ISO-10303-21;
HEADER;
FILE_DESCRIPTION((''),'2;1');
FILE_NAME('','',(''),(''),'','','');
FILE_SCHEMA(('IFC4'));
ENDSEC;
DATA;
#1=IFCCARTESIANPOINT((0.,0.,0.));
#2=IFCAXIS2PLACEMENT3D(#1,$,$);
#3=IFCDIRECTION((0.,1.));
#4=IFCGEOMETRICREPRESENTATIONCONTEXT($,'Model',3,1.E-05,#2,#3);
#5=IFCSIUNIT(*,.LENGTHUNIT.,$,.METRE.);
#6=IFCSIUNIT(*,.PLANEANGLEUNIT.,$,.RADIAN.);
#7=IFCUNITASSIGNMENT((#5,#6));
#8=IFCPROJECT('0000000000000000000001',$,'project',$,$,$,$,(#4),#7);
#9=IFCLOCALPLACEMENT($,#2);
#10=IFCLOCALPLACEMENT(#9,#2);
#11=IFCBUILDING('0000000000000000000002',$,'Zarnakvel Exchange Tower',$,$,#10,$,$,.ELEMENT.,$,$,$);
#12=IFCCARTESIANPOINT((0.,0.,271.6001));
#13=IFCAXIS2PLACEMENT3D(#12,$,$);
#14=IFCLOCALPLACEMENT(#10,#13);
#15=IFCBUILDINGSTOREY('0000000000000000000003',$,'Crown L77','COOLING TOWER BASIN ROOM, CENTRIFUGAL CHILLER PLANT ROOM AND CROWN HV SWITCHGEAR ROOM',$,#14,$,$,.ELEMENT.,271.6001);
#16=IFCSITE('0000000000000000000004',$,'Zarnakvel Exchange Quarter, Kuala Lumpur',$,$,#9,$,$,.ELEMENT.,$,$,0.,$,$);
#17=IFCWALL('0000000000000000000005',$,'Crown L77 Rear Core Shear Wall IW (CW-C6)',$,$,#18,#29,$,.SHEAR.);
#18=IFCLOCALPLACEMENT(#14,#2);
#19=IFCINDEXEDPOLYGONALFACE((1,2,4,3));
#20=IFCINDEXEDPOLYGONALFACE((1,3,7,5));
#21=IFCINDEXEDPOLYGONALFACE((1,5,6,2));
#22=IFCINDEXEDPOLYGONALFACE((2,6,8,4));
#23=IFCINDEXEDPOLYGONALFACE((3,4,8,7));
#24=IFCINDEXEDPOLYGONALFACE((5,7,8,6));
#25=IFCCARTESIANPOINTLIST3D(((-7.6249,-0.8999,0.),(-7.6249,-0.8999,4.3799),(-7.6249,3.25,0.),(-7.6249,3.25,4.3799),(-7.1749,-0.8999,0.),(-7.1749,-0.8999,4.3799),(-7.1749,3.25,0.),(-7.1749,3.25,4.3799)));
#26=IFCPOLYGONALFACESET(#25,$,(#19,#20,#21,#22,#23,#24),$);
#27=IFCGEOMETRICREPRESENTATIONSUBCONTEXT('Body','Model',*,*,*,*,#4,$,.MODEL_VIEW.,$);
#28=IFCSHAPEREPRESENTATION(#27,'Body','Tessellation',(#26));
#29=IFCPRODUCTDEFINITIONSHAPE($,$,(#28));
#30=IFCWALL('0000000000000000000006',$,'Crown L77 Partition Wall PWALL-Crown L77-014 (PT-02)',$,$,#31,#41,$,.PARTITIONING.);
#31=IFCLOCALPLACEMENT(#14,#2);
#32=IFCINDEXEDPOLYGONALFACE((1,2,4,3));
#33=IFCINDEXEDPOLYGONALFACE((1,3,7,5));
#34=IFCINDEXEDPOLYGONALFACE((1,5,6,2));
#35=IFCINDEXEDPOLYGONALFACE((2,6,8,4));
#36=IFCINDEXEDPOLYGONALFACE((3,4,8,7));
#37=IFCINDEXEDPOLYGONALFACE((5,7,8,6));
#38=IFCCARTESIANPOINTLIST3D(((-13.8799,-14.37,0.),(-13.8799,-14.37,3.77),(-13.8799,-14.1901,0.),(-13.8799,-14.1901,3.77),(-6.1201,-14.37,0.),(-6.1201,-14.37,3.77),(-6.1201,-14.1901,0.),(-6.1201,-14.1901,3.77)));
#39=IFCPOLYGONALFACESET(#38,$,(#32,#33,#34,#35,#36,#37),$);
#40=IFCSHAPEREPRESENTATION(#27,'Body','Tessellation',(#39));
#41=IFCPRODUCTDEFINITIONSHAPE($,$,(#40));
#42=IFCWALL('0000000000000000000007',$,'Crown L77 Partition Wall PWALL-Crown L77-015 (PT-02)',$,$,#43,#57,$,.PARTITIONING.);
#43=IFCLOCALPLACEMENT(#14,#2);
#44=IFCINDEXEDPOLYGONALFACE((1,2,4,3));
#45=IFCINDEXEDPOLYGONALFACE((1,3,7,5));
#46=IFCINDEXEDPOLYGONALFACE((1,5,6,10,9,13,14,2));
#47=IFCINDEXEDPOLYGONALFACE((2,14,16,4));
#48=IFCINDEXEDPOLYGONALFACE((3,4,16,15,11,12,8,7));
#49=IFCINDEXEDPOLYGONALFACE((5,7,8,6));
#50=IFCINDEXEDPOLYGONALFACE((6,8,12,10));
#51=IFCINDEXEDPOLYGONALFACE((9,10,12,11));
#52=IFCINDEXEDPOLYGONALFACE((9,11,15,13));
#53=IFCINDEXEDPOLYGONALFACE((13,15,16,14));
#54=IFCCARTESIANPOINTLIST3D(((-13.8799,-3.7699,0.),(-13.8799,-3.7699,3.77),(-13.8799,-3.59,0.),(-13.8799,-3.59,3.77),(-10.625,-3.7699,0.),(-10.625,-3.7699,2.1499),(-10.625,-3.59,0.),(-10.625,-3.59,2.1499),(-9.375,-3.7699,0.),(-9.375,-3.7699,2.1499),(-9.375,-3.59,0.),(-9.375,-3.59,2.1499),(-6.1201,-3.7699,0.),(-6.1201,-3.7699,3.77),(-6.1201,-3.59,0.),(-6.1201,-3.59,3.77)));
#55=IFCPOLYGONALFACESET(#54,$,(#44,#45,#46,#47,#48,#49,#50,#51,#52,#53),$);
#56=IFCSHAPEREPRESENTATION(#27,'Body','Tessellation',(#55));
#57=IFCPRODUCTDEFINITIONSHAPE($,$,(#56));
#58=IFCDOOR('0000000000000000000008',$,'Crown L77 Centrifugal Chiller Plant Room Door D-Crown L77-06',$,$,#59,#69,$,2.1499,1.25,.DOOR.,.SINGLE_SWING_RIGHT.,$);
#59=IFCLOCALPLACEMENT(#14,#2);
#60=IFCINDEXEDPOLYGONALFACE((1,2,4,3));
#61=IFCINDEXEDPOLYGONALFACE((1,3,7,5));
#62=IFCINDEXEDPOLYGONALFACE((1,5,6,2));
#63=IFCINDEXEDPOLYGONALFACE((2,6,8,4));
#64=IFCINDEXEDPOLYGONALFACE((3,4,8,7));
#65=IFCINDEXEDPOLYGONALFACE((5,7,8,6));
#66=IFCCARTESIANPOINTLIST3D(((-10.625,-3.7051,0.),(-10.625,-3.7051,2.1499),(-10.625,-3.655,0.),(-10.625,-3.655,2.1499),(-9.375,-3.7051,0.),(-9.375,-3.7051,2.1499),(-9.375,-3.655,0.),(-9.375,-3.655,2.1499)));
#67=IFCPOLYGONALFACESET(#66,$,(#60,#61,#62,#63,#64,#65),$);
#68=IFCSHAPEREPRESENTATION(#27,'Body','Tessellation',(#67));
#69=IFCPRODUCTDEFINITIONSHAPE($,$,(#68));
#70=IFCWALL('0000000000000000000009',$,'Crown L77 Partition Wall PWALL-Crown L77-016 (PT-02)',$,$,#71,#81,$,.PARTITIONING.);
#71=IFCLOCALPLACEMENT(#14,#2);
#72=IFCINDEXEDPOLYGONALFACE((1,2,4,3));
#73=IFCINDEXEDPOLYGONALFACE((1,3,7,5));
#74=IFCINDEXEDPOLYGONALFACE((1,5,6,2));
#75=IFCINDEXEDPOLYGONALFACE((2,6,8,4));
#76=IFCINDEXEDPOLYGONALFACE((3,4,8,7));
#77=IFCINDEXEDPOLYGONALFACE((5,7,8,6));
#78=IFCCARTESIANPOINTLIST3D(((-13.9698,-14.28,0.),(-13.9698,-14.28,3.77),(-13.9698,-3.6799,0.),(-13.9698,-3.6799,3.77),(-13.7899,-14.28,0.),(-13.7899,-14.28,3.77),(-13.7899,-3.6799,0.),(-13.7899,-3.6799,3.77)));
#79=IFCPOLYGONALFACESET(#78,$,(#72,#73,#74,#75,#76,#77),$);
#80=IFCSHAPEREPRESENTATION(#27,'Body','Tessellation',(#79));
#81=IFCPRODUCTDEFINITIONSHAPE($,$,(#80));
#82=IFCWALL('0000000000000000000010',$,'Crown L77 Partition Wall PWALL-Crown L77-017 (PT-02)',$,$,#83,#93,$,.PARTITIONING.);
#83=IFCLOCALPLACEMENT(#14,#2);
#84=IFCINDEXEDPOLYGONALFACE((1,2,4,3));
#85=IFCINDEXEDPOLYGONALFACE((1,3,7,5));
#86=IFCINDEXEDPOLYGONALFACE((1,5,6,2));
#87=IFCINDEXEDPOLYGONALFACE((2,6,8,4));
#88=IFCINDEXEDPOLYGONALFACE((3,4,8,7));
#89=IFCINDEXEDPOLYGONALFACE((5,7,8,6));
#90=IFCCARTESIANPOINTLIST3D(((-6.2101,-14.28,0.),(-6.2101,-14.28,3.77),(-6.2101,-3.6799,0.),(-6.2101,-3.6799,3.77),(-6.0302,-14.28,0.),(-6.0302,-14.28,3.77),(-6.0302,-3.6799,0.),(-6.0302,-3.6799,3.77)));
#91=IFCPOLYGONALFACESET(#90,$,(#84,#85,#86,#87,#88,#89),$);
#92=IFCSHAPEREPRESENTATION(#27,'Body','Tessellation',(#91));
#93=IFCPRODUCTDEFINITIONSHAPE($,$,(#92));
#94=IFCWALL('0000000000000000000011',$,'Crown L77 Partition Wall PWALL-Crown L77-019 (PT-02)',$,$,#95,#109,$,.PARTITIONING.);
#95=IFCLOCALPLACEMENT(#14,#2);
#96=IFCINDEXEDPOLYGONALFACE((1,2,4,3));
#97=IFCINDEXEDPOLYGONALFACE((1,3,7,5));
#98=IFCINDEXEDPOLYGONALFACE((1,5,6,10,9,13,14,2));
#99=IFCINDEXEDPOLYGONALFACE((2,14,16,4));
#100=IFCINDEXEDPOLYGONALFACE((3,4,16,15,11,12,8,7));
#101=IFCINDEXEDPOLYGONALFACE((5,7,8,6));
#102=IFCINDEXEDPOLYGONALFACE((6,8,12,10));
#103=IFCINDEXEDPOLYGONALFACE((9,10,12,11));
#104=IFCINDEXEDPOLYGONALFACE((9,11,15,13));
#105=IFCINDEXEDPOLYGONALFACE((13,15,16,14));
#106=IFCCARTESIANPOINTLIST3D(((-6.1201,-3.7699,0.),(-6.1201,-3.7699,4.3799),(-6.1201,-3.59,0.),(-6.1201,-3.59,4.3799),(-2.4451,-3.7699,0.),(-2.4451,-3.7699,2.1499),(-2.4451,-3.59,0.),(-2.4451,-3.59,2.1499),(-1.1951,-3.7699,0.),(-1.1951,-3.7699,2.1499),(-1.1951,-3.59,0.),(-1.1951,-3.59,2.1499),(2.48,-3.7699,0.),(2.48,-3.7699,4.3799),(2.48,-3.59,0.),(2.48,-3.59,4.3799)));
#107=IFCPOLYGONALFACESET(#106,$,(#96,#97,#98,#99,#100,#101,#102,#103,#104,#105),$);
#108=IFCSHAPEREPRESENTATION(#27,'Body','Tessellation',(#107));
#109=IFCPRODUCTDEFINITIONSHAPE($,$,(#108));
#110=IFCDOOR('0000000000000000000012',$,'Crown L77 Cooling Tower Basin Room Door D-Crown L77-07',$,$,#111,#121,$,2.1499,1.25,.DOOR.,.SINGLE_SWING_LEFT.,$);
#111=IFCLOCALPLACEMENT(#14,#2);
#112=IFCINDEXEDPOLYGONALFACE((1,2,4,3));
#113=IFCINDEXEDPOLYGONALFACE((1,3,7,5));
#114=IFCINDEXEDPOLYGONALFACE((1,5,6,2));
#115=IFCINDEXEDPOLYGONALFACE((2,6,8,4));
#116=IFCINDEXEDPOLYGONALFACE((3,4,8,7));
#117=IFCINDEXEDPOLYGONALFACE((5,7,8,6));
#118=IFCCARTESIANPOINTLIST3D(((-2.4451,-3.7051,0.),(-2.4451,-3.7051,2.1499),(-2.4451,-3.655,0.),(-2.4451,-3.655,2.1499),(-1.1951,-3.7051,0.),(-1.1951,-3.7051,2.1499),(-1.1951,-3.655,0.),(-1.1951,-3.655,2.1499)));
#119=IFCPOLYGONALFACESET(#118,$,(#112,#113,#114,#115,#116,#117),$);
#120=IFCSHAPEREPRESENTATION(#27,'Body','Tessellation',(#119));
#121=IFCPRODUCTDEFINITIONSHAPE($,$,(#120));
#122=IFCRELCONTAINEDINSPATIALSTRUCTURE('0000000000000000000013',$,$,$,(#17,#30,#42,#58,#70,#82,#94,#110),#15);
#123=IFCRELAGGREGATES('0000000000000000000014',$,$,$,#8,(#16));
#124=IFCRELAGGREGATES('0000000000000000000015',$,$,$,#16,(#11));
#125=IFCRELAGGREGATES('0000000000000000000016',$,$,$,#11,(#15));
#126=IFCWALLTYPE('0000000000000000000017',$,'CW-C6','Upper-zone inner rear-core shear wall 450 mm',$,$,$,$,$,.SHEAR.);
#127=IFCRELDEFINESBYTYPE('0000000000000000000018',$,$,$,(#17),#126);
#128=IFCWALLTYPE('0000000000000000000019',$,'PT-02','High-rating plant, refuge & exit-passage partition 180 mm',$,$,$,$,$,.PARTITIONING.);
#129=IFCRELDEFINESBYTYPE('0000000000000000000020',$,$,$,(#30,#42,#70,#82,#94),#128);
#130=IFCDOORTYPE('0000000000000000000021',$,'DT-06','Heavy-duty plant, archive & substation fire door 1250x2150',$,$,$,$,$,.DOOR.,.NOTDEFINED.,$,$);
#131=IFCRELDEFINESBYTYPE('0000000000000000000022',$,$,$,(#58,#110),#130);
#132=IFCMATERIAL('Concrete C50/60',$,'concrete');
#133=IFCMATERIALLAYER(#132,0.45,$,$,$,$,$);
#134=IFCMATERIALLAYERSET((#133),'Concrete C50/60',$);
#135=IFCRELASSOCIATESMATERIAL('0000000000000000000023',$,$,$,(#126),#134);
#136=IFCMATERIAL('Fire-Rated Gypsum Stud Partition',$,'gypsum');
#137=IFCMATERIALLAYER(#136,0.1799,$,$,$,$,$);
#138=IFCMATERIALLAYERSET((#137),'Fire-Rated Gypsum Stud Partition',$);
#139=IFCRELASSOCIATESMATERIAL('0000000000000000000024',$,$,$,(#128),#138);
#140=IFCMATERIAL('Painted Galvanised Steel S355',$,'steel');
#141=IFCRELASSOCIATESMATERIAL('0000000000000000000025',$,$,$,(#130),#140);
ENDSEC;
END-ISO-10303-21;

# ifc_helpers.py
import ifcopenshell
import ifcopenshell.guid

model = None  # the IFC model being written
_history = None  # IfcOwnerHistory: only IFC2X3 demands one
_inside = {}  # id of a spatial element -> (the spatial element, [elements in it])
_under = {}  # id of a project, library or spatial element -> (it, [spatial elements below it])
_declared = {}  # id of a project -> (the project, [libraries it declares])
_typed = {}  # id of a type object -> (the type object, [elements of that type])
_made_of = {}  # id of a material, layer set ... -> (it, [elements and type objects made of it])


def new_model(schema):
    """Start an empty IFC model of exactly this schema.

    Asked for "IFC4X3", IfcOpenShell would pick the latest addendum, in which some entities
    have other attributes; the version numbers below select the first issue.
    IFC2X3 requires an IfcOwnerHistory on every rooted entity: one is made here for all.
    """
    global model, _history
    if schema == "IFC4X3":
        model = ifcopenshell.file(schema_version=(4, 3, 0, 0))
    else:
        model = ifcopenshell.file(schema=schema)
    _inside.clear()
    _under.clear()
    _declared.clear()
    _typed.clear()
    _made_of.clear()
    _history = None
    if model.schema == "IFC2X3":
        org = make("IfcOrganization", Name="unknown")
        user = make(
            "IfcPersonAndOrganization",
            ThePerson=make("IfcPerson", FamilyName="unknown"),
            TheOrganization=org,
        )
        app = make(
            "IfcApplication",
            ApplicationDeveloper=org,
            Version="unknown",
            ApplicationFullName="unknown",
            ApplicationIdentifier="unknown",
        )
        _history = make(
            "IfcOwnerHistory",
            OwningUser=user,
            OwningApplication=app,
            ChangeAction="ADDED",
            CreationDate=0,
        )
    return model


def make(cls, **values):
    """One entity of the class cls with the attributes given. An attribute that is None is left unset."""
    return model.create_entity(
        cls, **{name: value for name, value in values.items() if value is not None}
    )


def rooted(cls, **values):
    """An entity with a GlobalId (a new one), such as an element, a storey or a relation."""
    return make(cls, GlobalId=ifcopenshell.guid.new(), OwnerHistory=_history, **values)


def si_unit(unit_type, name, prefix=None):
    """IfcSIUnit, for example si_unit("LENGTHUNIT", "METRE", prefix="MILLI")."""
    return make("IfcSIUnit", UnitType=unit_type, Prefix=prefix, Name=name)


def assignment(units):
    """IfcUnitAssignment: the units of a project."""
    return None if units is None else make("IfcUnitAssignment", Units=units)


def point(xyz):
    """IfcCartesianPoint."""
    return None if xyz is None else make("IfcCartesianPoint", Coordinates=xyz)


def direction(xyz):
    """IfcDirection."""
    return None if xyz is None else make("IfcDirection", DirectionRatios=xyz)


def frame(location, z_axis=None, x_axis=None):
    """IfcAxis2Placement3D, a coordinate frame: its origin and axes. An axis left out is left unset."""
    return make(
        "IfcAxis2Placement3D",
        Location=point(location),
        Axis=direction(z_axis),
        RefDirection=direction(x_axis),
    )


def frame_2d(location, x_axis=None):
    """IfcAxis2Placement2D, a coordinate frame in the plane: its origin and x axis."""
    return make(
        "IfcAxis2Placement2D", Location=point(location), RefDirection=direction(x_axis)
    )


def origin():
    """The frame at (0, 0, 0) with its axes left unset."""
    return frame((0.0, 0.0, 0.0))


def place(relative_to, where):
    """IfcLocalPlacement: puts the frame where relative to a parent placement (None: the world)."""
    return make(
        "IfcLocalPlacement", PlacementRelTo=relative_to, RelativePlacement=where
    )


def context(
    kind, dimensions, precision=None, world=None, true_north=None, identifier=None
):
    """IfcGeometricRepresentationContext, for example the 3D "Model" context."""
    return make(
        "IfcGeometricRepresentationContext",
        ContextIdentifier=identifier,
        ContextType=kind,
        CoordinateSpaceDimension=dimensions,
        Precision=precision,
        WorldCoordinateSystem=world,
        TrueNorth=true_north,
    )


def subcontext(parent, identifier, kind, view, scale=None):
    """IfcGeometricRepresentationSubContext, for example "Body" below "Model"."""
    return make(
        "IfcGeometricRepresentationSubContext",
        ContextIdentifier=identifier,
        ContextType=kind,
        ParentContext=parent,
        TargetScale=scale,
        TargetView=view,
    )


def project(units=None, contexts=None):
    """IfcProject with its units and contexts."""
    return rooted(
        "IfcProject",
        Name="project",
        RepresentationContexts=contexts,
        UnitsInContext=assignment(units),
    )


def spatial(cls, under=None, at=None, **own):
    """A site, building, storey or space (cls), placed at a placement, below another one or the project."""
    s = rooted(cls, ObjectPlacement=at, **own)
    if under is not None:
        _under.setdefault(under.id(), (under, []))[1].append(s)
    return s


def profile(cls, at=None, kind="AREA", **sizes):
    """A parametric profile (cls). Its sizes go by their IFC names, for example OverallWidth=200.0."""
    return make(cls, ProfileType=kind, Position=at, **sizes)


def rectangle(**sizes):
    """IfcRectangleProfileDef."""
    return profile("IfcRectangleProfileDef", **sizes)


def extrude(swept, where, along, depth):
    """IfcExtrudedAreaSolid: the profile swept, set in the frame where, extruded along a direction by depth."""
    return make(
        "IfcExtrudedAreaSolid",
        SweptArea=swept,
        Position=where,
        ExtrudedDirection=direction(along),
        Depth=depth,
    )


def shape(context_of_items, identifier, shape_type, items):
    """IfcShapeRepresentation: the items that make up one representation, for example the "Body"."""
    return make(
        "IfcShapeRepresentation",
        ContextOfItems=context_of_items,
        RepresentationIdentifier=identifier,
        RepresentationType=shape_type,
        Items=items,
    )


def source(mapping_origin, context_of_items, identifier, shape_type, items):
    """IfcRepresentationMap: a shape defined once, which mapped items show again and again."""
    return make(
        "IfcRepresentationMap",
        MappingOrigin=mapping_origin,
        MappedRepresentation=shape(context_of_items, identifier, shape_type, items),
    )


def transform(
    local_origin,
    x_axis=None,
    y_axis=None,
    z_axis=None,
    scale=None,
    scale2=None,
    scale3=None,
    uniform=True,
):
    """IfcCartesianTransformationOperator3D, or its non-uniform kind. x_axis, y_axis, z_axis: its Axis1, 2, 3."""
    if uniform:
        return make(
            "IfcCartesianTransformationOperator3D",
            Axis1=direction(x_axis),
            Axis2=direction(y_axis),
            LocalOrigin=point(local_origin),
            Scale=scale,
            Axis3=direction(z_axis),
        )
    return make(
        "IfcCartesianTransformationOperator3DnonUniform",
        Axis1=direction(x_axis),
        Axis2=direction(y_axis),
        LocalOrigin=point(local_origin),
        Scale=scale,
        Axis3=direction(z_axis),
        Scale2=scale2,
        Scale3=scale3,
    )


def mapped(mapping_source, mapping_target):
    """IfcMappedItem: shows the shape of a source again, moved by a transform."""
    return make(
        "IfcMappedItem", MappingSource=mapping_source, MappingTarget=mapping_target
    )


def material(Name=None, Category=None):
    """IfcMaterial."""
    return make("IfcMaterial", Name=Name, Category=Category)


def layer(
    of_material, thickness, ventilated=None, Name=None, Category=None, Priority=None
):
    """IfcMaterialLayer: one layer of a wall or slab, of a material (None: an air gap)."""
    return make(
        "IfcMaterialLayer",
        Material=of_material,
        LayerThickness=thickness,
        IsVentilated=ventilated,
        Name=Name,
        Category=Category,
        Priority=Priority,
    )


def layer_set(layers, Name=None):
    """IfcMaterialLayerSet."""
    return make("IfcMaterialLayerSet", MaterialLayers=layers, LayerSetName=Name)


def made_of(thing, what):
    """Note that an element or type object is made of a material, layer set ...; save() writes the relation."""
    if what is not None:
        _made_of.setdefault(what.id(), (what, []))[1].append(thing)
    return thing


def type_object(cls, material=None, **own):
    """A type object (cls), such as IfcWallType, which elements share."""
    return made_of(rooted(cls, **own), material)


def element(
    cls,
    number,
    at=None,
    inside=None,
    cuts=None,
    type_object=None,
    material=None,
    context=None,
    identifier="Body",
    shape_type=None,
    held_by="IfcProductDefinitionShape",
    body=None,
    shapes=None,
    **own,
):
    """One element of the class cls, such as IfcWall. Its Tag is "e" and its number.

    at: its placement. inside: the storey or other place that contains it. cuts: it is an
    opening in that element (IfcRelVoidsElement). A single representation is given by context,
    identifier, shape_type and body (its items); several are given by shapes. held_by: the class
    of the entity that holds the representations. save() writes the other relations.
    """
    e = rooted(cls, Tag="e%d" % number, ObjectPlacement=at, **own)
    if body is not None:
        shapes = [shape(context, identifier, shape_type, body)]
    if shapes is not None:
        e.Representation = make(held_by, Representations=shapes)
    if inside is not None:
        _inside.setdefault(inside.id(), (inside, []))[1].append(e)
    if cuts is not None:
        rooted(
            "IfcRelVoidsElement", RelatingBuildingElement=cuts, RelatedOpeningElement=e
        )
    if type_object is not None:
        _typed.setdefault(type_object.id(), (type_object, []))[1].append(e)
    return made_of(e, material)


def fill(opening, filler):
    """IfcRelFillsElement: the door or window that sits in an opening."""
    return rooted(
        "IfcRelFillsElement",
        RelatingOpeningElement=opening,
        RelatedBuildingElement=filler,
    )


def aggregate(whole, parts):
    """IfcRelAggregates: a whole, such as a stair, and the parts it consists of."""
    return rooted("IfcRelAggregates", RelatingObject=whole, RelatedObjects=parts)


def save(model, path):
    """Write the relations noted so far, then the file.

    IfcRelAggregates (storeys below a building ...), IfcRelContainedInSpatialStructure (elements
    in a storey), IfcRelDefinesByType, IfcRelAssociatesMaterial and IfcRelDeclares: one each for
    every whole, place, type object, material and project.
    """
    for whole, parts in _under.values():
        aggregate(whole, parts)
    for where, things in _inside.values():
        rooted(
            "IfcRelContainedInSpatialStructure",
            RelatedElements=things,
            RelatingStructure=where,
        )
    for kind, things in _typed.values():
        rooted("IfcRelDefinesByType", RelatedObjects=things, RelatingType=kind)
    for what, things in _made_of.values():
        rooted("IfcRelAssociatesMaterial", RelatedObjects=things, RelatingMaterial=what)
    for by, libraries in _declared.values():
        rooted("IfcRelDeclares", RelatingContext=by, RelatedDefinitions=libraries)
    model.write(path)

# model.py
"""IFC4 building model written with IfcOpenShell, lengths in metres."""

from ifc_helpers import new_model, si_unit, direction, frame, frame_2d, origin, place, context, subcontext, project, spatial, rectangle, extrude, source, transform, mapped, material, layer, layer_set, type_object, element, fill, save


model = new_model("IFC4")

# Units and contexts
model_context = context("Model", 3, precision=1e-05, world=origin(), true_north=direction((0.0, 1.0)))
body_context = subcontext(model_context, "Body", "Model", "MODEL_VIEW")
ifc_project = project(units=[si_unit("LENGTHUNIT", "METRE"), si_unit("PLANEANGLEUNIT", "RADIAN")], contexts=[model_context])

# Site, building, storey
site_placement = place(None, origin())
site = spatial("IfcSite", under=ifc_project, at=site_placement, Name="Zarnakvel Exchange Quarter, Kuala Lumpur", CompositionType="ELEMENT", RefElevation=0.0)
building_placement = place(site_placement, origin())
building = spatial("IfcBuilding", under=site, at=building_placement, Name="Zarnakvel Exchange Tower", CompositionType="ELEMENT")
storey_placement = place(building_placement, frame((0.0, 0.0, 271.6001)))
storey = spatial("IfcBuildingStorey", under=building, at=storey_placement, Name="Crown L77", Description="COOLING TOWER BASIN ROOM, CENTRIFUGAL CHILLER PLANT ROOM AND CROWN HV SWITCHGEAR ROOM", CompositionType="ELEMENT", Elevation=271.6001)

# Shared definitions
ifc_material_1 = material(Name="Concrete C50/60", Category="concrete")

# Shared definitions
ifc_material_2 = material(Name="Painted Galvanised Steel S355", Category="steel")

# Walls
ifc_layer_1 = layer(ifc_material_1, 0.45)
ifc_layer_set_1 = layer_set([ifc_layer_1], Name="Concrete C50/60")
wall_type_1 = type_object("IfcWallType", Name="CW-C6", Description="Upper-zone inner rear-core shear wall 450 mm", PredefinedType="SHEAR", material=ifc_layer_set_1)
wall_1_placement = place(storey_placement, frame((-7.3999, -0.8999, 0.0), z_axis=(0.0, 0.0, 1.0), x_axis=(0.0, 1.0, 0.0)))
element("IfcWall", 1, at=wall_1_placement, inside=storey, type_object=wall_type_1, Name="Crown L77 Rear Core Shear Wall IW (CW-C6)", PredefinedType="SHEAR", context=body_context, shape_type="SweptSolid", body=[
    extrude(rectangle(XDim=4.1499, YDim=0.45, at=frame_2d((2.075, 0.0))), origin(), (0.0, 0.0, 1.0), 4.3799),
])
ifc_material_3 = material(Name="Fire-Rated Gypsum Stud Partition", Category="gypsum")
ifc_layer_2 = layer(ifc_material_3, 0.1799)
ifc_layer_set_2 = layer_set([ifc_layer_2], Name="Fire-Rated Gypsum Stud Partition")
wall_type_2 = type_object("IfcWallType", Name="PT-02", Description="High-rating plant, refuge & exit-passage partition 180 mm", PredefinedType="PARTITIONING", material=ifc_layer_set_2)
wall_2_placement = place(storey_placement, frame((-6.1201, -14.28, 0.0), z_axis=(0.0, 0.0, 1.0), x_axis=(-1.0, 0.0, 0.0)))
element("IfcWall", 2, at=wall_2_placement, inside=storey, type_object=wall_type_2, Name="Crown L77 Partition Wall PWALL-Crown L77-014 (PT-02)", PredefinedType="PARTITIONING", context=body_context, shape_type="SweptSolid", body=[
    extrude(rectangle(XDim=7.7598, YDim=0.1799, at=frame_2d((3.8799, 0.0))), origin(), (0.0, 0.0, 1.0), 3.77),
])

# Wall, opening, door
wall_3_placement = place(storey_placement, frame((-13.8799, -3.6799, 0.0), z_axis=(0.0, 0.0, 1.0), x_axis=(1.0, 0.0, 0.0)))
wall_3 = element("IfcWall", 3, at=wall_3_placement, inside=storey, type_object=wall_type_2, Name="Crown L77 Partition Wall PWALL-Crown L77-015 (PT-02)", PredefinedType="PARTITIONING", context=body_context, shape_type="SweptSolid", body=[
    extrude(rectangle(XDim=7.7598, YDim=0.1799, at=frame_2d((3.8799, 0.0))), origin(), (0.0, 0.0, 1.0), 3.77),
])
opening_1_placement = place(wall_3_placement, frame((3.2549, 0.0, 0.0)))
opening_1 = element("IfcOpeningElement", 4, at=opening_1_placement, cuts=wall_3, PredefinedType="OPENING", context=body_context, shape_type="SweptSolid", body=[
    extrude(rectangle(XDim=1.25, YDim=2.1499, at=frame_2d((0.625, 1.075))), frame((0.0, 0.0999, 0.0), z_axis=(0.0, -1.0, 0.0), x_axis=(1.0, 0.0, 0.0)), (0.0, 0.0, 1.0), 0.2),
])
door_type_1 = type_object("IfcDoorType", Name="DT-06", Description="Heavy-duty plant, archive & substation fire door 1250x2150", OperationType="NOTDEFINED", PredefinedType="DOOR", material=ifc_material_2)
shared_shape_1 = source(origin(), body_context, "Body", "SweptSolid", [
    extrude(rectangle(XDim=1.25, YDim=2.1499, at=frame_2d((0.625, 1.075))), frame((0.0, 0.0249, 0.0), z_axis=(0.0, -1.0, 0.0), x_axis=(1.0, 0.0, 0.0)), (0.0, 0.0, 1.0), 0.05),
])
door_1_placement = place(opening_1_placement, origin())
door_1 = element("IfcDoor", 5, at=door_1_placement, inside=storey, type_object=door_type_1, Name="Crown L77 Centrifugal Chiller Plant Room Door D-Crown L77-06", OperationType="SINGLE_SWING_RIGHT", OverallHeight=2.1499, OverallWidth=1.25, PredefinedType="DOOR", context=body_context, shape_type="MappedRepresentation", body=[
    mapped(shared_shape_1, transform((0.0, 0.0, 0.0), x_axis=(1.0, 0.0, 0.0), y_axis=(0.0, 1.0, 0.0), z_axis=(0.0, 0.0, 1.0), scale=1.0)),
])
fill(opening_1, door_1)

# Walls
for number, where, z_axis, x_axis, name in (
    (6, (-13.8799, -14.28, 0.0), (0.0, 0.0, 1.0), (0.0, 1.0, 0.0), "Crown L77 Partition Wall PWALL-Crown L77-016 (PT-02)"),
    (7, (-6.1201, -3.6799, 0.0), (0.0, 0.0, 1.0), (0.0, -1.0, 0.0), "Crown L77 Partition Wall PWALL-Crown L77-017 (PT-02)"),
):
    element("IfcWall", number, at=place(storey_placement, frame(where, z_axis=z_axis, x_axis=x_axis)), inside=storey, type_object=wall_type_2, Name=name, PredefinedType="PARTITIONING", context=body_context, shape_type="SweptSolid", body=[
        extrude(rectangle(XDim=10.6001, YDim=0.1799, at=frame_2d((5.3, 0.0))), origin(), (0.0, 0.0, 1.0), 3.77),
    ])

# Wall, opening, door
wall_4_placement = place(storey_placement, frame((-6.1201, -3.6799, 0.0), z_axis=(0.0, 0.0, 1.0), x_axis=(1.0, 0.0, 0.0)))
wall_4 = element("IfcWall", 8, at=wall_4_placement, inside=storey, type_object=wall_type_2, Name="Crown L77 Partition Wall PWALL-Crown L77-019 (PT-02)", PredefinedType="PARTITIONING", context=body_context, shape_type="SweptSolid", body=[
    extrude(rectangle(XDim=8.6001, YDim=0.1799, at=frame_2d((4.3, 0.0))), origin(), (0.0, 0.0, 1.0), 4.3799),
])
opening_2_placement = place(wall_4_placement, frame((3.675, 0.0, 0.0)))
opening_2 = element("IfcOpeningElement", 9, at=opening_2_placement, cuts=wall_4, PredefinedType="OPENING", context=body_context, shape_type="SweptSolid", body=[
    extrude(rectangle(XDim=1.25, YDim=2.1499, at=frame_2d((0.625, 1.075))), frame((0.0, 0.0999, 0.0), z_axis=(0.0, -1.0, 0.0), x_axis=(1.0, 0.0, 0.0)), (0.0, 0.0, 1.0), 0.2),
])
door_2_placement = place(opening_2_placement, origin())
door_2 = element("IfcDoor", 10, at=door_2_placement, inside=storey, type_object=door_type_1, Name="Crown L77 Cooling Tower Basin Room Door D-Crown L77-07", OperationType="SINGLE_SWING_LEFT", OverallHeight=2.1499, OverallWidth=1.25, PredefinedType="DOOR", context=body_context, shape_type="MappedRepresentation", body=[
    mapped(shared_shape_1, transform((0.0, 0.0, 0.0), x_axis=(1.0, 0.0, 0.0), y_axis=(0.0, 1.0, 0.0), z_axis=(0.0, 0.0, 1.0), scale=1.0)),
])
fill(opening_2, door_2)

save(model, "model.ifc")
